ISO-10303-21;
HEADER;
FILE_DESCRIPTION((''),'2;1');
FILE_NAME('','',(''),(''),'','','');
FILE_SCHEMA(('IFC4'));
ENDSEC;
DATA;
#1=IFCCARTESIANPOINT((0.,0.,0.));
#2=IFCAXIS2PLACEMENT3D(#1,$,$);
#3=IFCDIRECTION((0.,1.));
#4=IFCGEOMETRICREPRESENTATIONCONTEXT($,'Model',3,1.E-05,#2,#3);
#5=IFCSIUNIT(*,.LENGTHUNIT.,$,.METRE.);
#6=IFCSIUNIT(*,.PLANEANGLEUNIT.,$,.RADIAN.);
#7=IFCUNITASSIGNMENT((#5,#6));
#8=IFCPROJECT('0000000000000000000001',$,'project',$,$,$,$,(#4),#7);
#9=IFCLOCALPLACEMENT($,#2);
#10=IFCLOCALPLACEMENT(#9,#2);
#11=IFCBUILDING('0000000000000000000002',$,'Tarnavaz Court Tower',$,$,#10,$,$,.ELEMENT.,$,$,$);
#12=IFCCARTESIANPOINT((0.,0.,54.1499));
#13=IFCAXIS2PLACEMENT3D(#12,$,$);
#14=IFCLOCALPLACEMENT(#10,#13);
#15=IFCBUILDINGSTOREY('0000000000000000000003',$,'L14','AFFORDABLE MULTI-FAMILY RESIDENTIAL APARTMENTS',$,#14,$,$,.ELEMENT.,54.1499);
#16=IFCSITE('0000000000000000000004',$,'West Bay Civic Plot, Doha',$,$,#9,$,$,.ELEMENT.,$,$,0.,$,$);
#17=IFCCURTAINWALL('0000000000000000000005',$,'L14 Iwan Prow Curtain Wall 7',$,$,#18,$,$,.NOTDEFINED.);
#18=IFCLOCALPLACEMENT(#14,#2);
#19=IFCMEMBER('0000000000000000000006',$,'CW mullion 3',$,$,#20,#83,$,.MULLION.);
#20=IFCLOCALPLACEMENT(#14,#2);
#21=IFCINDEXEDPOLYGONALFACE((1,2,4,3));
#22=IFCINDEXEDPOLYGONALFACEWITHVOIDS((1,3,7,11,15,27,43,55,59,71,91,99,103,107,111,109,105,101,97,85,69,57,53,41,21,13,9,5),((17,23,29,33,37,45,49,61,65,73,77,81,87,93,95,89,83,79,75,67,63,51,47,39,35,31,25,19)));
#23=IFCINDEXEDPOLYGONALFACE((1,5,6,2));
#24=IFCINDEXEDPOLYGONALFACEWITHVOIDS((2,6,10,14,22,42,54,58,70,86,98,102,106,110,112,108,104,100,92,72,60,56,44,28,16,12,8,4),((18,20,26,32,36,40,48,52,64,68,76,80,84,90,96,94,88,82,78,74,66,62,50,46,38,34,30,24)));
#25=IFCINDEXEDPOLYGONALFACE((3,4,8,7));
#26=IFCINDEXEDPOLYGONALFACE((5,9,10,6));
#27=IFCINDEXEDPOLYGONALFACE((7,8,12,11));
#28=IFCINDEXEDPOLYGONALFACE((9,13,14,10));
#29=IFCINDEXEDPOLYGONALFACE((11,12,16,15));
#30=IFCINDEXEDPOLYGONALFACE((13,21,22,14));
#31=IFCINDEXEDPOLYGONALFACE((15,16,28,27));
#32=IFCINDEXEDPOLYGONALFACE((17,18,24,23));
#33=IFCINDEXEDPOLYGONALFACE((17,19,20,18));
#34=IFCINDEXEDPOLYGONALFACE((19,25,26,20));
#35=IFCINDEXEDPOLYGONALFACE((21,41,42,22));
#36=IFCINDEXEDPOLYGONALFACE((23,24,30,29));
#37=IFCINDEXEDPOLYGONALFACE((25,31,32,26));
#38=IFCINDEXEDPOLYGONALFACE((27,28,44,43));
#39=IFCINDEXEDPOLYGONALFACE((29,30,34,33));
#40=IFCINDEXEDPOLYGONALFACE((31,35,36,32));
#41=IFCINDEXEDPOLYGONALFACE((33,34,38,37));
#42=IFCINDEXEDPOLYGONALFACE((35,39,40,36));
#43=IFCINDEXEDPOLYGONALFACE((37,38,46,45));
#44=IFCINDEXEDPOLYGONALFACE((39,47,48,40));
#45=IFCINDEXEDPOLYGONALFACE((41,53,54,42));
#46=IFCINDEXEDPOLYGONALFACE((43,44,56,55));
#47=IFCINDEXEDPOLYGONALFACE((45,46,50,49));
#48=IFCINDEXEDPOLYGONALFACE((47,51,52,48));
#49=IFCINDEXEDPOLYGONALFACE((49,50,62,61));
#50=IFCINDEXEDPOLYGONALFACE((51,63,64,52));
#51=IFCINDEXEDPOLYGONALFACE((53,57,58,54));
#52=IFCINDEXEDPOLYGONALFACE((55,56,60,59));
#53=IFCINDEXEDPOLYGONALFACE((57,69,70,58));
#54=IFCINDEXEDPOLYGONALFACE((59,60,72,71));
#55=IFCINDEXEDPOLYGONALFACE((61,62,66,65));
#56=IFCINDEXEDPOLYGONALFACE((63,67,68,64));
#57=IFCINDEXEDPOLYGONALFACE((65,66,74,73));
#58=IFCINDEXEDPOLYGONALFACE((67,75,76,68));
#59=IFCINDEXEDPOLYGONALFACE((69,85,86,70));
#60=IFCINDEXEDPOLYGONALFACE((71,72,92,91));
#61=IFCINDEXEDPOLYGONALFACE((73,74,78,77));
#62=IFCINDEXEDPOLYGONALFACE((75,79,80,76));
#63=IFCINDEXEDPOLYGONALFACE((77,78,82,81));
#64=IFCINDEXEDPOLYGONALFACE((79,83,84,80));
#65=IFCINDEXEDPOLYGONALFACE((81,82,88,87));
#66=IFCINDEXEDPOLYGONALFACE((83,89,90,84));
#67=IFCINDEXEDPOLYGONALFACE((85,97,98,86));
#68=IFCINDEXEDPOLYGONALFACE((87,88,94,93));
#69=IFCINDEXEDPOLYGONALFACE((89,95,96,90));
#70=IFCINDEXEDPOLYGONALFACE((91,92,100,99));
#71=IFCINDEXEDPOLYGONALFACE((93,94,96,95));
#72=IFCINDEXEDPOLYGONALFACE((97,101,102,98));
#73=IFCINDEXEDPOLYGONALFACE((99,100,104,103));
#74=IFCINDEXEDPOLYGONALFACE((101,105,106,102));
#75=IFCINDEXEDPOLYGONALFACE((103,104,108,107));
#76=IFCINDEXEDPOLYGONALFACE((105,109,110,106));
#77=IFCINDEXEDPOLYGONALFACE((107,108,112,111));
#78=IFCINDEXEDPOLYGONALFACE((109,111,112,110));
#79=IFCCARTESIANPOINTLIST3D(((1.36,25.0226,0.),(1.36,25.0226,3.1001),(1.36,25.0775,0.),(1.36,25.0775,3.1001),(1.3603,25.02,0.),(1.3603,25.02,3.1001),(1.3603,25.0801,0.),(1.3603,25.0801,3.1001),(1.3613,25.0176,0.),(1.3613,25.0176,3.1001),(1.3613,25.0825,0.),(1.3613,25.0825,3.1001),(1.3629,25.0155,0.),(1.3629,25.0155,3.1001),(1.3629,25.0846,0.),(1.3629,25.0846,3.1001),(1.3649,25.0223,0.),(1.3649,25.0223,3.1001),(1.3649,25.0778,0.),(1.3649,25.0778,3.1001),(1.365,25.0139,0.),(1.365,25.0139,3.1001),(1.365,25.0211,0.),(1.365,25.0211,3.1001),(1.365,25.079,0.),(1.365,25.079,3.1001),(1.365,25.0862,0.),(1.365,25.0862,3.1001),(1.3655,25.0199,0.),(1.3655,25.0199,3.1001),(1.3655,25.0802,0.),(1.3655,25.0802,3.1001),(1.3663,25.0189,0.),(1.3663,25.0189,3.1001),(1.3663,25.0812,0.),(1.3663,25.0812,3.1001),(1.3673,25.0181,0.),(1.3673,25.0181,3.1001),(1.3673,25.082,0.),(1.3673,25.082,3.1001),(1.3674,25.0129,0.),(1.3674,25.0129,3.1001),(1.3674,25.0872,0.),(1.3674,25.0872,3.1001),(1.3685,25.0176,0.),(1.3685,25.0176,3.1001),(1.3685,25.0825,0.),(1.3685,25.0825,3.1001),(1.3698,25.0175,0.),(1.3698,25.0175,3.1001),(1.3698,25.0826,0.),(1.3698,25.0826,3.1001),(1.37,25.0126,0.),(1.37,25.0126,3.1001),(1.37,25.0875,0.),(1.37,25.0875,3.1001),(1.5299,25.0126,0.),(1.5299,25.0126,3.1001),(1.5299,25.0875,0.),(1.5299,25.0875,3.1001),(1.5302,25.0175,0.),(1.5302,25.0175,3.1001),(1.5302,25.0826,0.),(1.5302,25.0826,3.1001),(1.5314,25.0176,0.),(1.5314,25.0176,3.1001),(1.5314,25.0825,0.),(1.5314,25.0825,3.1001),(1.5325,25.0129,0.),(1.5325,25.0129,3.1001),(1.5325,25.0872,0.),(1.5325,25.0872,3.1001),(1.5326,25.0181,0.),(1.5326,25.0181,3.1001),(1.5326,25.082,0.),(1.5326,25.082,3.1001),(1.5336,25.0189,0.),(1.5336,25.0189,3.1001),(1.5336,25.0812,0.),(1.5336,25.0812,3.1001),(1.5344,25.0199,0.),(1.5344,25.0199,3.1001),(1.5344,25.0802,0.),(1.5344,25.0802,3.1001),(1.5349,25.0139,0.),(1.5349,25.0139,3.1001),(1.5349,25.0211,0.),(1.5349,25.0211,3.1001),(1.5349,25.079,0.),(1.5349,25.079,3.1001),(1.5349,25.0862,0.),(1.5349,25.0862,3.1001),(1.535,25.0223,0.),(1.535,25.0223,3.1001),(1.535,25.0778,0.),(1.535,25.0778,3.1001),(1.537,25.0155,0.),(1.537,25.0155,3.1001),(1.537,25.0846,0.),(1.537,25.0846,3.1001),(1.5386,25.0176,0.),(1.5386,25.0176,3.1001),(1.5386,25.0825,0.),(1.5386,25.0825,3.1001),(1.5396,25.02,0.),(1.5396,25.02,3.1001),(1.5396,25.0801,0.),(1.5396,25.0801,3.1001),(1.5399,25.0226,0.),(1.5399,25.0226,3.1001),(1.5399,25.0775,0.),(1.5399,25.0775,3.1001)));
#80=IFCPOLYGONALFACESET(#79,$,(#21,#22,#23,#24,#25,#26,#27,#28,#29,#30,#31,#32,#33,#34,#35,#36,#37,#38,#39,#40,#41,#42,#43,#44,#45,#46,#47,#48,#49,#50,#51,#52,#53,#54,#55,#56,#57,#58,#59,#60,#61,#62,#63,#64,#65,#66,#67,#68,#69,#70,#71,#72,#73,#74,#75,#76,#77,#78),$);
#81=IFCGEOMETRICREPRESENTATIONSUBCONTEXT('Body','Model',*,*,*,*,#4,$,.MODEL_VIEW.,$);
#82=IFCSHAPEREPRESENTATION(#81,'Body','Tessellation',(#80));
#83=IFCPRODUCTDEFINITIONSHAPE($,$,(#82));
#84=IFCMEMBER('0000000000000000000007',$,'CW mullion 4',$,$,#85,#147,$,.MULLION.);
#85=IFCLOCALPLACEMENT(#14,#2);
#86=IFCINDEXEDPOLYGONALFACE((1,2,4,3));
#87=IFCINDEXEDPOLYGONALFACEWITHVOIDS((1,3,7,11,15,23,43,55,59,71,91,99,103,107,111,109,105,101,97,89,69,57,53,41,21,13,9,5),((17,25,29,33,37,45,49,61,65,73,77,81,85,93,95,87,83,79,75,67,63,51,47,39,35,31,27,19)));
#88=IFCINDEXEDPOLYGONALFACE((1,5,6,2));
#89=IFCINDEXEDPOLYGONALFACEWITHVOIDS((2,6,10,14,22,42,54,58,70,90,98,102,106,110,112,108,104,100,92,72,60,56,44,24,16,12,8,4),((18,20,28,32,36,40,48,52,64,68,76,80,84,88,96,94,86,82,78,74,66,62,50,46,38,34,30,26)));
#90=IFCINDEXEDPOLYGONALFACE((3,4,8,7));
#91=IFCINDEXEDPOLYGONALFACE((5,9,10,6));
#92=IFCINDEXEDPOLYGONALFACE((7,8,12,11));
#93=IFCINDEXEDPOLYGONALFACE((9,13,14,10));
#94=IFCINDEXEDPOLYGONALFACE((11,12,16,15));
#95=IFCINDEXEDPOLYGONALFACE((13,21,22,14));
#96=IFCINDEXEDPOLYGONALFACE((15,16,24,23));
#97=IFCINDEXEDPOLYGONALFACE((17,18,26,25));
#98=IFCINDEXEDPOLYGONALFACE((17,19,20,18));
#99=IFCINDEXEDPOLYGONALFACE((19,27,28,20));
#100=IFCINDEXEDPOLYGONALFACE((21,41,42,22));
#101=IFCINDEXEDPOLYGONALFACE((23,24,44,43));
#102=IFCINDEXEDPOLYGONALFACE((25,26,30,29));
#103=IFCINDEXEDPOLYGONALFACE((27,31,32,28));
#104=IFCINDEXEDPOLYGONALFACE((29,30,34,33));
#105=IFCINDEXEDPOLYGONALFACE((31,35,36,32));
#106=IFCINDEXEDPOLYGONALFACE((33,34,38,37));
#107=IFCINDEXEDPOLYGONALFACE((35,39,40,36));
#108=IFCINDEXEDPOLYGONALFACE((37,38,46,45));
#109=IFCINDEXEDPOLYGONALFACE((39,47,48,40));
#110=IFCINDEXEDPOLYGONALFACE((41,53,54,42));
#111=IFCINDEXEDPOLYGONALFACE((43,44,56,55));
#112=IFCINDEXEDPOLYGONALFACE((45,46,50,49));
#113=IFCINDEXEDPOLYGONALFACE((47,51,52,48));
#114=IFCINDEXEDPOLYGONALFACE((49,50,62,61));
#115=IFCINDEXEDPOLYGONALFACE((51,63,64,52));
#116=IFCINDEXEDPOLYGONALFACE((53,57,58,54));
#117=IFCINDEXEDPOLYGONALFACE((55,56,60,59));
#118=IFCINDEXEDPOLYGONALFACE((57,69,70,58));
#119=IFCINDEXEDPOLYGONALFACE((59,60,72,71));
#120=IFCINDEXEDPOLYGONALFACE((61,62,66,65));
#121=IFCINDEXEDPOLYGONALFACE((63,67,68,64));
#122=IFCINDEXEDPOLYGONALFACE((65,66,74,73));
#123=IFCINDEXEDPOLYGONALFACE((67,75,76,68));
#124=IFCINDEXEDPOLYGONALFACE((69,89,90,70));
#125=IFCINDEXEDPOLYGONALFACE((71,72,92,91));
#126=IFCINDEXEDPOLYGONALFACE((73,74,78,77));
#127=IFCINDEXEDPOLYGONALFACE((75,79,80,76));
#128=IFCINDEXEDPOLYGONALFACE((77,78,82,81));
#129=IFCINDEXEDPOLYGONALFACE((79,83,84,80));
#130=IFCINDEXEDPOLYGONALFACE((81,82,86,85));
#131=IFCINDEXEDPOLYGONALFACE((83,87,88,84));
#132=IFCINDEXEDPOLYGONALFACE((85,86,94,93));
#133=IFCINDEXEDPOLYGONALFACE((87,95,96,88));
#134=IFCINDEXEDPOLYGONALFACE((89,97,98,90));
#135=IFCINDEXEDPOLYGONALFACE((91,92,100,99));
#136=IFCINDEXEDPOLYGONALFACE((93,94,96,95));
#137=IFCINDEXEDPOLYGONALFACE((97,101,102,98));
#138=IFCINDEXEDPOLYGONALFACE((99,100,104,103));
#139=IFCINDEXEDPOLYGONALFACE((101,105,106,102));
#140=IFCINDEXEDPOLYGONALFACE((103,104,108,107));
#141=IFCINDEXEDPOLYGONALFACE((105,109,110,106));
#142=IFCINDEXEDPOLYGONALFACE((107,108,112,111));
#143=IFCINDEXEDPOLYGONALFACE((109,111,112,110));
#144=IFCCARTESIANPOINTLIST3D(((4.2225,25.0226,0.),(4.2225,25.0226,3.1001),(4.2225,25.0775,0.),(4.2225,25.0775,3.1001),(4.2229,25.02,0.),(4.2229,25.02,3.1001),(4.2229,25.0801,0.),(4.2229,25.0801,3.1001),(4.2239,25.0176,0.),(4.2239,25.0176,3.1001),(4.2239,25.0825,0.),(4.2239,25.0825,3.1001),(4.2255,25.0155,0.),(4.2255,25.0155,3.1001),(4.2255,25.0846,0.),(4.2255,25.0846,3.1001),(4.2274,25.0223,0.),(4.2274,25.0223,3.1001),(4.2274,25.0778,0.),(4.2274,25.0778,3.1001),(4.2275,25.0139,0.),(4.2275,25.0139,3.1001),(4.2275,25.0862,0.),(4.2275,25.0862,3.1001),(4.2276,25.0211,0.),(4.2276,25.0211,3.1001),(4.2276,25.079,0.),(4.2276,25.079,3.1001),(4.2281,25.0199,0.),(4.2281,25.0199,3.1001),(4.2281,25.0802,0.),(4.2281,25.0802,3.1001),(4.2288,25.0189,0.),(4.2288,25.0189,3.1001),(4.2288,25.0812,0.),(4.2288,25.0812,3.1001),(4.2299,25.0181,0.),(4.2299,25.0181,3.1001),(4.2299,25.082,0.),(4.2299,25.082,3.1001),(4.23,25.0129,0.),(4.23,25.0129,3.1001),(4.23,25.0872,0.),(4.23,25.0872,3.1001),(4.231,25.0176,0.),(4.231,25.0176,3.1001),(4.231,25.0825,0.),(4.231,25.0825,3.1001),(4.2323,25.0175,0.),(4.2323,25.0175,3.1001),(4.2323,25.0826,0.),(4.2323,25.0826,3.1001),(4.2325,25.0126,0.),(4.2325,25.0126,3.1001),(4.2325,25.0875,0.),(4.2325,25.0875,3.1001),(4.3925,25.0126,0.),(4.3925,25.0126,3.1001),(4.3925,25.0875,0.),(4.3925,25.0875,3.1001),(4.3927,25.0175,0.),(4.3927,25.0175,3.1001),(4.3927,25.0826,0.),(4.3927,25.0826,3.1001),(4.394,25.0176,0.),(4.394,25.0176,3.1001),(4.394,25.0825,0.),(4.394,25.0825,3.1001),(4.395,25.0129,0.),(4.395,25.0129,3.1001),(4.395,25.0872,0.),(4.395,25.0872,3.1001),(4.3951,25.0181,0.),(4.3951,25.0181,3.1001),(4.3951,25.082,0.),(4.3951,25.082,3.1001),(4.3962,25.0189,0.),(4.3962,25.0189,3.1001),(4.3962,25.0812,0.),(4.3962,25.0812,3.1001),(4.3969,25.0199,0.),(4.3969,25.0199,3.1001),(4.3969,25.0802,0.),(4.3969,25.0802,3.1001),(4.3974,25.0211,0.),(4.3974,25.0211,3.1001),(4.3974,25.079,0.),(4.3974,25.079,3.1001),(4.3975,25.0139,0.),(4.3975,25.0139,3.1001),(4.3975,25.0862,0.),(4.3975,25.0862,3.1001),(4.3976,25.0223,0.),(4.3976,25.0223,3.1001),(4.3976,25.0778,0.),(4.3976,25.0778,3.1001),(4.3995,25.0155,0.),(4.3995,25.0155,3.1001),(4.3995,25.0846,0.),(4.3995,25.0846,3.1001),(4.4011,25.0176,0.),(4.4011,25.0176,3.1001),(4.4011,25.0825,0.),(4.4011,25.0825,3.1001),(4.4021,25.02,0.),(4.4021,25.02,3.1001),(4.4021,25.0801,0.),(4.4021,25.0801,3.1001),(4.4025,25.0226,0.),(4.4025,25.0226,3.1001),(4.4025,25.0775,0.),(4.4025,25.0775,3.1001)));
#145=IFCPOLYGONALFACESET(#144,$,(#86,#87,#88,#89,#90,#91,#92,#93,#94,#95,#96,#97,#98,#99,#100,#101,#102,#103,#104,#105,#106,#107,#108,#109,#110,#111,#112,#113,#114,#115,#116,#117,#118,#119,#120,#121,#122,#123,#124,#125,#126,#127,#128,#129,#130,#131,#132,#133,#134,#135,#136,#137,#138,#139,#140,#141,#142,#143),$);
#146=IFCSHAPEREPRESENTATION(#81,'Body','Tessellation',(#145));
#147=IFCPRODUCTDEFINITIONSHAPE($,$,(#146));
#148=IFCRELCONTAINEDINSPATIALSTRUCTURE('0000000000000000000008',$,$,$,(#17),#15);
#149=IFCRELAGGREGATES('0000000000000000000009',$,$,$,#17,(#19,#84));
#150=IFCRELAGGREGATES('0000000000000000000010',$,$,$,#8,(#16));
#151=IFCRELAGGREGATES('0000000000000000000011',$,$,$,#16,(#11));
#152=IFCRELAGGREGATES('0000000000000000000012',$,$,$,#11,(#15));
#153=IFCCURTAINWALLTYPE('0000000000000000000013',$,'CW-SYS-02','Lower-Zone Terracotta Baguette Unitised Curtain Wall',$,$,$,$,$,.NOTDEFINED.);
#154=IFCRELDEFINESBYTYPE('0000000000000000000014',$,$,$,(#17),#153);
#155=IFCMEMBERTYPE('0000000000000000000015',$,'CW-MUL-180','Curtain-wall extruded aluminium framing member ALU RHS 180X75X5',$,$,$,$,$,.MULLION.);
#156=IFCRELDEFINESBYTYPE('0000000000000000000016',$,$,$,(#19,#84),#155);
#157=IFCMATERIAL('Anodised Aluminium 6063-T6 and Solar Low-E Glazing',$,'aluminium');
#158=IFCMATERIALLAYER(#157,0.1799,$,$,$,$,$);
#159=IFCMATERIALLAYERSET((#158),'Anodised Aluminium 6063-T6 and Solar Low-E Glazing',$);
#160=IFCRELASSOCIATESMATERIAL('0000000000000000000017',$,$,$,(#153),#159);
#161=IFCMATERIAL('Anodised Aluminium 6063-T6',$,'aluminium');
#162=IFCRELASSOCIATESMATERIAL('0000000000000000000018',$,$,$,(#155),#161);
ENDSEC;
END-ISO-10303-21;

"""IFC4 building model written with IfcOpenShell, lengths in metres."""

from ifc_helpers import new_model, si_unit, direction, frame, origin, origin_2d, place, context, subcontext, project, spatial, hollow_rectangle, extrude, material, layer, layer_set, material_profile, profile_set, type_object, element, aggregate, save


model = new_model("IFC4")

# Units and contexts
model_context = context("Model", 3, precision=1e-05, world=origin(), true_north=direction((0.0, 1.0)))
body_context = subcontext(model_context, "Body", "Model", "MODEL_VIEW")
ifc_project = project(units=[si_unit("LENGTHUNIT", "METRE"), si_unit("PLANEANGLEUNIT", "RADIAN")], contexts=[model_context])

# Site, building, storey
site_placement = place(None, origin())
site = spatial("IfcSite", under=ifc_project, at=site_placement, Name="West Bay Civic Plot, Doha", CompositionType="ELEMENT", RefElevation=0.0)
building_placement = place(site_placement, origin())
building = spatial("IfcBuilding", under=site, at=building_placement, Name="Tarnavaz Court Tower", CompositionType="ELEMENT")
storey_placement = place(building_placement, frame((0.0, 0.0, 54.1499)))
storey = spatial("IfcBuildingStorey", under=building, at=storey_placement, Name="L14", Description="AFFORDABLE MULTI-FAMILY RESIDENTIAL APARTMENTS", CompositionType="ELEMENT", Elevation=54.1499)

# Curtain wall, members
ifc_material_1 = material(Name="Anodised Aluminium 6063-T6 and Solar Low-E Glazing", Category="aluminium")
ifc_layer_1 = layer(ifc_material_1, 0.1799)
ifc_layer_set_1 = layer_set([ifc_layer_1], Name="Anodised Aluminium 6063-T6 and Solar Low-E Glazing")
curtain_wall_type = type_object("IfcCurtainWallType", Name="CW-SYS-02", Description="Lower-Zone Terracotta Baguette Unitised Curtain Wall", PredefinedType="NOTDEFINED", material=ifc_layer_set_1)
curtain_wall_placement = place(storey_placement, origin())
curtain_wall = element("IfcCurtainWall", 1, at=curtain_wall_placement, inside=storey, type_object=curtain_wall_type, Name="L14 Iwan Prow Curtain Wall 7", PredefinedType="NOTDEFINED")
ifc_material_2 = material(Name="Anodised Aluminium 6063-T6", Category="aluminium")
ifc_material_profile_1 = material_profile(ifc_material_2, hollow_rectangle(XDim=0.075, YDim=0.1799, WallThickness=0.0049, InnerFilletRadius=0.0049, OuterFilletRadius=0.01, at=origin_2d()), Name="ALU RHS 180X75X5")
ifc_profile_set_1 = profile_set([ifc_material_profile_1], Name="Anodised Aluminium 6063-T6")
member_type_1 = type_object("IfcMemberType", Name="CW-MUL-180", Description="Curtain-wall extruded aluminium framing member ALU RHS 180X75X5", PredefinedType="MULLION", material=ifc_profile_set_1)
member_1_placement = place(storey_placement, frame((1.45, 25.05, 0.0), z_axis=(0.0, 0.0, 1.0), x_axis=(0.0, 1.0, 0.0)))
member_1 = element("IfcMember", 2, at=member_1_placement, type_object=member_type_1, Name="CW mullion 3", PredefinedType="MULLION", context=body_context, shape_type="SweptSolid", body=[
    extrude(hollow_rectangle(XDim=0.075, YDim=0.1799, WallThickness=0.0049, InnerFilletRadius=0.0049, OuterFilletRadius=0.01, at=origin_2d()), origin(), (0.0, 0.0, 1.0), 3.1001),
])
member_2_placement = place(storey_placement, frame((4.3125, 25.05, 0.0), z_axis=(0.0, 0.0, 1.0), x_axis=(0.0, 1.0, 0.0)))
member_2 = element("IfcMember", 3, at=member_2_placement, type_object=member_type_1, Name="CW mullion 4", PredefinedType="MULLION", context=body_context, shape_type="SweptSolid", body=[
    extrude(hollow_rectangle(XDim=0.075, YDim=0.1799, WallThickness=0.0049, InnerFilletRadius=0.0049, OuterFilletRadius=0.01, at=origin_2d()), origin(), (0.0, 0.0, 1.0), 3.1001),
])
aggregate(curtain_wall, [member_1, member_2])

save(model, "model.ifc")
